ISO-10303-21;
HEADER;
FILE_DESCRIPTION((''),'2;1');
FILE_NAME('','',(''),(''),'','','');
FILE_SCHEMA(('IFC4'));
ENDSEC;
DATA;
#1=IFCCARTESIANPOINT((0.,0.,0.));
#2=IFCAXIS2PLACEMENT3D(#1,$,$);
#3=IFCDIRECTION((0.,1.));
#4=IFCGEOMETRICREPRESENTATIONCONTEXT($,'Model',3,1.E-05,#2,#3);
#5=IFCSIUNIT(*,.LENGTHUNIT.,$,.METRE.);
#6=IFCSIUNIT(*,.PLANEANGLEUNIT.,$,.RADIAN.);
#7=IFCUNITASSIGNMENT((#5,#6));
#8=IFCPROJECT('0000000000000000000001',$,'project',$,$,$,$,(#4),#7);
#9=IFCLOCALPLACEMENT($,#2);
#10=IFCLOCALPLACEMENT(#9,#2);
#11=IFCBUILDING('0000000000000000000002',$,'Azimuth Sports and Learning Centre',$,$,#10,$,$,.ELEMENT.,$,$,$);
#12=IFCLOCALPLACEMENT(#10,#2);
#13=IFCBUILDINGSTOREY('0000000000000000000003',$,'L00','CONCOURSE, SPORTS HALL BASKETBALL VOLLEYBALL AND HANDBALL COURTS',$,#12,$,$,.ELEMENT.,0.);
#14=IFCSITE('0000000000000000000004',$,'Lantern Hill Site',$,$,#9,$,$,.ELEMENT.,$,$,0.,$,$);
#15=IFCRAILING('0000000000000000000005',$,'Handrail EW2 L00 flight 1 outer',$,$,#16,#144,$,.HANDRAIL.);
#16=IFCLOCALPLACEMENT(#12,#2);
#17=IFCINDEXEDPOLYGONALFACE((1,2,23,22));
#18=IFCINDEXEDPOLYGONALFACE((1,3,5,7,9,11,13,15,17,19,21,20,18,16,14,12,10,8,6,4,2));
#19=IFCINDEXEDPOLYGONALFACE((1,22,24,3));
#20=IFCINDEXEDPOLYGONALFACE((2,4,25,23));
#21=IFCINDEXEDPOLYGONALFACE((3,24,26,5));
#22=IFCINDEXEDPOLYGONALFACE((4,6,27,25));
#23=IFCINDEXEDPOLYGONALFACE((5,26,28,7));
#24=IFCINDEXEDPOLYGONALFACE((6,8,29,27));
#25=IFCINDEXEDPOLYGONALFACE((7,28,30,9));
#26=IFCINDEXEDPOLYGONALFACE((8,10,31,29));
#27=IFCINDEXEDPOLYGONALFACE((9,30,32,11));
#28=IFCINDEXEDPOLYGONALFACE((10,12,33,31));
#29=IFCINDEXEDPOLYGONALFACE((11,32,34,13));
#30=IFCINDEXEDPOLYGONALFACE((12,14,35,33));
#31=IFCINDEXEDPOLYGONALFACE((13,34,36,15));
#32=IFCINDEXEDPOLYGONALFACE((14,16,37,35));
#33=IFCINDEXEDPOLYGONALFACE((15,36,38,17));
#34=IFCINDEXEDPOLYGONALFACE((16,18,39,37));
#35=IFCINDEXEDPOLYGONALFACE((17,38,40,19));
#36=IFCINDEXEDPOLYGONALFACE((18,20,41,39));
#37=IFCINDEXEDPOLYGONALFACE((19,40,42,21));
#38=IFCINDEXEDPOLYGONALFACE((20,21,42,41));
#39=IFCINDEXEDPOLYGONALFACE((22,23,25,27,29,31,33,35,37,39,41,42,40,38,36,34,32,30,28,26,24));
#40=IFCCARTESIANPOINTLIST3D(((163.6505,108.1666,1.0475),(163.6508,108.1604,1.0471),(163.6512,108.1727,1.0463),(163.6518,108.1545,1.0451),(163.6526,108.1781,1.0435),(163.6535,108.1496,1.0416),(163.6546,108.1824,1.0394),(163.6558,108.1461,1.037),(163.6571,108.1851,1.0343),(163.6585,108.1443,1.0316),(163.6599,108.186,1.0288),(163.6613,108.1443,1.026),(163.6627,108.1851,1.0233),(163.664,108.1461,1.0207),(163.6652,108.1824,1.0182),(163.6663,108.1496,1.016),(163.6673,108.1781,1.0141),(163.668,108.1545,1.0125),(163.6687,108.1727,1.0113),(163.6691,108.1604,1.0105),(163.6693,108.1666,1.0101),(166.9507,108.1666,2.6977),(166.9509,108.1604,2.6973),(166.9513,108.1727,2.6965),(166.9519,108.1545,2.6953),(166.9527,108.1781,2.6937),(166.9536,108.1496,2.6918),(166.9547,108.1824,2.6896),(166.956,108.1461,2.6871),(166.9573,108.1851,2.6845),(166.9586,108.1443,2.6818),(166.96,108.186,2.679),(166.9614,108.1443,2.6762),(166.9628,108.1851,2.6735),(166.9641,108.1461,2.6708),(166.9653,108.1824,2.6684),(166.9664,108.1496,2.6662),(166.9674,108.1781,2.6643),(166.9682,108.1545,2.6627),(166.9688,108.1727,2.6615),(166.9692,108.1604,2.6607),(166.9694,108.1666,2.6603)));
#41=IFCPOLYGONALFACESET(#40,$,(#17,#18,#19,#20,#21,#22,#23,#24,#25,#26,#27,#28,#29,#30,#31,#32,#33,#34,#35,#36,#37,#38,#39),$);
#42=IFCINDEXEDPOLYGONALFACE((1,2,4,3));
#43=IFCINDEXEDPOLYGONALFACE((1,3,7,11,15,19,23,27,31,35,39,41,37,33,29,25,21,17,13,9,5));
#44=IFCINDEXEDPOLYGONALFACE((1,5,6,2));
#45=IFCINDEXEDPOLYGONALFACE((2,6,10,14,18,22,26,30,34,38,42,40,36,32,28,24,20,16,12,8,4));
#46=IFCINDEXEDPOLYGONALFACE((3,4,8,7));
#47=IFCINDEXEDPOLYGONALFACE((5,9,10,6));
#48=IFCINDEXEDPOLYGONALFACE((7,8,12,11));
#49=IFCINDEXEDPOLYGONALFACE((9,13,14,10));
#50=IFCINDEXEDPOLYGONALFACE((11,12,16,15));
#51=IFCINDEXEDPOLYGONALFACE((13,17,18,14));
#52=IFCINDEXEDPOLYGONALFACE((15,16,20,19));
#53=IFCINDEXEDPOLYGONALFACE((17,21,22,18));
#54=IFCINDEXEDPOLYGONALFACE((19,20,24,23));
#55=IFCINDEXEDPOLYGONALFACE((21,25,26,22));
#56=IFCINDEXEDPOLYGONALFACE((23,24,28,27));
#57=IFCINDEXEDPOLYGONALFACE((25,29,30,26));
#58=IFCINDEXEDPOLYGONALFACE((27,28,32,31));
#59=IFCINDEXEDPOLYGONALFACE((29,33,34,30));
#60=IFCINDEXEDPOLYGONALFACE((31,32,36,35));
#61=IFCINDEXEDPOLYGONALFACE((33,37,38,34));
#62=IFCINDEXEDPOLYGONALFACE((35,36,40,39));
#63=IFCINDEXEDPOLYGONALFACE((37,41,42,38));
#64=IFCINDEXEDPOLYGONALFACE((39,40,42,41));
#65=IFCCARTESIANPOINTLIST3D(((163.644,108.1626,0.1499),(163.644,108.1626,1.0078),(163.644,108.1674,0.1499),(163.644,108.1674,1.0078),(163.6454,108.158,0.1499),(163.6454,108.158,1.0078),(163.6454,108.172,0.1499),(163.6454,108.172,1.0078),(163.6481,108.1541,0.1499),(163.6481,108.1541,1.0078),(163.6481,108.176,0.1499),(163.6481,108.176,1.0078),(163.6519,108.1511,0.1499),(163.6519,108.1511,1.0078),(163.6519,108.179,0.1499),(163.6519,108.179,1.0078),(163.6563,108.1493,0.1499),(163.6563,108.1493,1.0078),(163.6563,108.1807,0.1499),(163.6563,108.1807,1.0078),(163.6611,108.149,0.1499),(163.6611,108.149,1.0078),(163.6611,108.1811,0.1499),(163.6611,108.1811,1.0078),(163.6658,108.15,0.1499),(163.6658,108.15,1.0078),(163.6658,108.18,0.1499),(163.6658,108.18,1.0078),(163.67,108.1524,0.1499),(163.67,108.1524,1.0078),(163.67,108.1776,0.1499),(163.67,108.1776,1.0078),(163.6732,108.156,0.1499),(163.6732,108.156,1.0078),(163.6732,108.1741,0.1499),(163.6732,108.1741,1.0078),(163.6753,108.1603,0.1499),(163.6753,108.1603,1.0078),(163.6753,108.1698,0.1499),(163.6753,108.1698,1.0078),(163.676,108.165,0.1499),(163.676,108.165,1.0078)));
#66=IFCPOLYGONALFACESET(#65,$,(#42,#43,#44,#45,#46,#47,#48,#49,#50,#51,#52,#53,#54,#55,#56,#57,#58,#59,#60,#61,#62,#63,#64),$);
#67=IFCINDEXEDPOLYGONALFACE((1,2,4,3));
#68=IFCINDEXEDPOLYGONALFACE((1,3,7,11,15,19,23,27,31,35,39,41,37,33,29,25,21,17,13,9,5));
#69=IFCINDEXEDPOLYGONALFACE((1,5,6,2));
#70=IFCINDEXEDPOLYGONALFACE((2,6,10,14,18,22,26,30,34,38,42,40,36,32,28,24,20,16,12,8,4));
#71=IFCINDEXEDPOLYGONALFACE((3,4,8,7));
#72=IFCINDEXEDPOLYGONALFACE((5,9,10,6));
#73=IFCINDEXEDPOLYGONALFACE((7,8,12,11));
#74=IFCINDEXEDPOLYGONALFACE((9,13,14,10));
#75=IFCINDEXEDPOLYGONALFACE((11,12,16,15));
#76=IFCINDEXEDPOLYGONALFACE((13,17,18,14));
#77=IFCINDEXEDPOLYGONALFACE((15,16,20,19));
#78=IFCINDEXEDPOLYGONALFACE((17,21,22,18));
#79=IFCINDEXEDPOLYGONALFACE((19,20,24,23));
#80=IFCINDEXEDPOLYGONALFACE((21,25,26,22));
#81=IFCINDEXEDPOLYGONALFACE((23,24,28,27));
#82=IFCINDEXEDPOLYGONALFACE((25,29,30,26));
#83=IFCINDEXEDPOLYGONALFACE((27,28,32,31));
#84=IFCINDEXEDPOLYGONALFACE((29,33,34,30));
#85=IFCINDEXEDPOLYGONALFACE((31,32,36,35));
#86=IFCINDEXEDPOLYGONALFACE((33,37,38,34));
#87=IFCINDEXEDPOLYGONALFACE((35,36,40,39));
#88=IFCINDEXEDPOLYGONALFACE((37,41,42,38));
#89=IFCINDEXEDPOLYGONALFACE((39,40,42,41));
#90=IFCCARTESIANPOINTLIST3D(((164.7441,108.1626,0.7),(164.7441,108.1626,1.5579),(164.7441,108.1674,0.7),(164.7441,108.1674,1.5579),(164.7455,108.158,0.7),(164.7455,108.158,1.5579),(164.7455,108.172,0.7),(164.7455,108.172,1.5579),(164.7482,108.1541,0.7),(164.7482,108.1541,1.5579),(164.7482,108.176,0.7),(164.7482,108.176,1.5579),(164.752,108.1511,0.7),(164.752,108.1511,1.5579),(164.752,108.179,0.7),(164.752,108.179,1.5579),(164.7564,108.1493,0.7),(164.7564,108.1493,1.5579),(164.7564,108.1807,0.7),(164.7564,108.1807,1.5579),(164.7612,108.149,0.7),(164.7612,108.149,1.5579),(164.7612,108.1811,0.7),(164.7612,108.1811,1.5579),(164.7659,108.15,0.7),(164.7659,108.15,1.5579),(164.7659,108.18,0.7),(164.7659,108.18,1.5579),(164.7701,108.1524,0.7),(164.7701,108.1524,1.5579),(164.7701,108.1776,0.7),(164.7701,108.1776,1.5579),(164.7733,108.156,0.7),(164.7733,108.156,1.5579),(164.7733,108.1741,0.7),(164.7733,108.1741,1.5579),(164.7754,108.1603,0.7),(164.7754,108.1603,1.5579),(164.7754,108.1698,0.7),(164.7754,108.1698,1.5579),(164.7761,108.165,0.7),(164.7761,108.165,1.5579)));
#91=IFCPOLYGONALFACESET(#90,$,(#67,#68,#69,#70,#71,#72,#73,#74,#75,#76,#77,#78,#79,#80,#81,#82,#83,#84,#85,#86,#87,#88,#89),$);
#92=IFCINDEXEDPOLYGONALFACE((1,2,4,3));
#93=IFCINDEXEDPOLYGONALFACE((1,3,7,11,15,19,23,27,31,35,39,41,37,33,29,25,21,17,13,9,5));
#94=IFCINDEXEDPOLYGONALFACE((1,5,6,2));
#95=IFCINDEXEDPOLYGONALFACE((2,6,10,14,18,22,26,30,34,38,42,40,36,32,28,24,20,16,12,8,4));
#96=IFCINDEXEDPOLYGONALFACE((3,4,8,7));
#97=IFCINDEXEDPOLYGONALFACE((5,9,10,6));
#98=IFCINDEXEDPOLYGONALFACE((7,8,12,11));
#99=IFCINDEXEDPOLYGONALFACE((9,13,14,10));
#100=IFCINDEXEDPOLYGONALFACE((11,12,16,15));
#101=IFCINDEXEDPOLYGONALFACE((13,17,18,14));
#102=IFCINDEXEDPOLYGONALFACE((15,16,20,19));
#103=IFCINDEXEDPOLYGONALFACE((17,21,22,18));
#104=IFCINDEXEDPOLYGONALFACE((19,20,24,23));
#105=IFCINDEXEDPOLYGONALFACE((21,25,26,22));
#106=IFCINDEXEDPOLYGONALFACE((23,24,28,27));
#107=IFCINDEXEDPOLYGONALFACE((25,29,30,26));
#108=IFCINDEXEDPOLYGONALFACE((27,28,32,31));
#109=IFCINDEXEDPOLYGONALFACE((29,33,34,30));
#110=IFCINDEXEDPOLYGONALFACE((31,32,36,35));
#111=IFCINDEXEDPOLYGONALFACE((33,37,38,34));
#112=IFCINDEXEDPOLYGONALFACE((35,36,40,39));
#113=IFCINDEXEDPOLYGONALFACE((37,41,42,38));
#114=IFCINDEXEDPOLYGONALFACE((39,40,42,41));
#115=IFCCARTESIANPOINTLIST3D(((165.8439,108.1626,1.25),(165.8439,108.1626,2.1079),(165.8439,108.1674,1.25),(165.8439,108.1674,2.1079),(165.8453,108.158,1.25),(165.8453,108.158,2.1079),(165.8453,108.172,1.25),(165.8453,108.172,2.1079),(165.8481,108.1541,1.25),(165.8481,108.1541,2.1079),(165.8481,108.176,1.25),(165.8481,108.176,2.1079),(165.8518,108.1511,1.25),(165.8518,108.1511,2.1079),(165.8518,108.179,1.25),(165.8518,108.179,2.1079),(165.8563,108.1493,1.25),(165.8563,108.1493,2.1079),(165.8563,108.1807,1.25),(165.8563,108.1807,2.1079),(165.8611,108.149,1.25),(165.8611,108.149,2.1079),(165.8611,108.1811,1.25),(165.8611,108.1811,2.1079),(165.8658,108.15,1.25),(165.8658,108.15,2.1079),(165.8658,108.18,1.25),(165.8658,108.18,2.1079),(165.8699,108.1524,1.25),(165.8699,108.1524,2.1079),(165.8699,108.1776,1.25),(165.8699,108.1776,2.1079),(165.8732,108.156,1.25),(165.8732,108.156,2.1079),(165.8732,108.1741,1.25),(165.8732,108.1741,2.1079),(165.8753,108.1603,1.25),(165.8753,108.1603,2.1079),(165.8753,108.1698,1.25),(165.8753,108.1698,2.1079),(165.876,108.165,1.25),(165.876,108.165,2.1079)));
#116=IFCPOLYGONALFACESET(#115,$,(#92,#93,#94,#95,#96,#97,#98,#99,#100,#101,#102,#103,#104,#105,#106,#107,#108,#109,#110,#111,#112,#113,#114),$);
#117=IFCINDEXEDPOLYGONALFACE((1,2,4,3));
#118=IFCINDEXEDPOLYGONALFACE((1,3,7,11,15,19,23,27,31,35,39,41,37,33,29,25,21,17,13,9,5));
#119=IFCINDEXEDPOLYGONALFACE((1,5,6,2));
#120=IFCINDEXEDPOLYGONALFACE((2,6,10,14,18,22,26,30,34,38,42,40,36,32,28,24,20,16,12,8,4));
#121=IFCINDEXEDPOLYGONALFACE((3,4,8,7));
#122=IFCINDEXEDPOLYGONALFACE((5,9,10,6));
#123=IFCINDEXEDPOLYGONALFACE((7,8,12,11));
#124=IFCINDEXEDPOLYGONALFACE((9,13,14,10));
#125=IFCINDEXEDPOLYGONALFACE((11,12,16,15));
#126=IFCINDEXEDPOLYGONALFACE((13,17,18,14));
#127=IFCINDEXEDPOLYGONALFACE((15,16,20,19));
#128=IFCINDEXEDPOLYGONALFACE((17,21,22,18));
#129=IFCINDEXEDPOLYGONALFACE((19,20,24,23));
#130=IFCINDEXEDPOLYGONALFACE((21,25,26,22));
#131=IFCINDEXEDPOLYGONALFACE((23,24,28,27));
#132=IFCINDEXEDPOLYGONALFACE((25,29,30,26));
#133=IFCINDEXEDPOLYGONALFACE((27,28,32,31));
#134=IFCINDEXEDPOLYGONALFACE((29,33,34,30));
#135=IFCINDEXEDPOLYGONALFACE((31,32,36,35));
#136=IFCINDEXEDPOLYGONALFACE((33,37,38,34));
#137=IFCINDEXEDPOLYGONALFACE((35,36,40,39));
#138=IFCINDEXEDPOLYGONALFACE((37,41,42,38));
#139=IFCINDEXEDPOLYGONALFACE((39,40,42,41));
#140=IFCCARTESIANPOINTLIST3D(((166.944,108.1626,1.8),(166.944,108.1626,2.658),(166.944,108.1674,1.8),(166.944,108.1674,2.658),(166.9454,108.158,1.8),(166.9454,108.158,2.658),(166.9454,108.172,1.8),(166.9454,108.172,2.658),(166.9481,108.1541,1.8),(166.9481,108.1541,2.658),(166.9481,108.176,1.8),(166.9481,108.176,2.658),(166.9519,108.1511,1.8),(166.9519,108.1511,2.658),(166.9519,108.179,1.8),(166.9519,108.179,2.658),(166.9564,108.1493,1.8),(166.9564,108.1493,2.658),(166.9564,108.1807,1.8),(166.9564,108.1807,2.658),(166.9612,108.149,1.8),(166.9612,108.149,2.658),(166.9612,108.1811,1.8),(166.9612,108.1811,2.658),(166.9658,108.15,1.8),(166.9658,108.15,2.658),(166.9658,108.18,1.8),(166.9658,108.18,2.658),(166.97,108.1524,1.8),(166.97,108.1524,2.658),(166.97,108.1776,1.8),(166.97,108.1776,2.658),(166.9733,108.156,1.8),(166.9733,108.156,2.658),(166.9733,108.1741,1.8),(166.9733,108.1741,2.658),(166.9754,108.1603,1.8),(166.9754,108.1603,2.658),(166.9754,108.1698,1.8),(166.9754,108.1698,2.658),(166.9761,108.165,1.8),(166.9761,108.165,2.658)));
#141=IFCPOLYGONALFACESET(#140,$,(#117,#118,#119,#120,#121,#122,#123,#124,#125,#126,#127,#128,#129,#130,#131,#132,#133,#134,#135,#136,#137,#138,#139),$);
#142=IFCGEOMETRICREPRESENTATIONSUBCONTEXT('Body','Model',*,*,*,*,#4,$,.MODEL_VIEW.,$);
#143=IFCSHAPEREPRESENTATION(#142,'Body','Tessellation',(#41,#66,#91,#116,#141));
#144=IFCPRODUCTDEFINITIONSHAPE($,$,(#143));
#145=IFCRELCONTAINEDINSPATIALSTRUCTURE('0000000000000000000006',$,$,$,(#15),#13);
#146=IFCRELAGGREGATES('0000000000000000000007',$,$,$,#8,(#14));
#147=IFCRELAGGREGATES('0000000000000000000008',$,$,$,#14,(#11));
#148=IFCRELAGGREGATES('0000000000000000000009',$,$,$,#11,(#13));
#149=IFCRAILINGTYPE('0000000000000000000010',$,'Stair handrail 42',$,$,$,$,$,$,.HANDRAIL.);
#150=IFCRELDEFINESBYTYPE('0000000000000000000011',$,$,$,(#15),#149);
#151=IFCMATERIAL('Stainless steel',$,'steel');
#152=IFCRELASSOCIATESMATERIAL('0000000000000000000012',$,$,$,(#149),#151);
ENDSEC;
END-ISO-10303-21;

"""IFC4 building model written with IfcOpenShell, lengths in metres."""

from ifc_helpers import new_model, si_unit, direction, frame, origin, origin_2d, place, context, subcontext, project, spatial, circle, extrude, material, type_object, element, save


model = new_model("IFC4")

# Units and contexts
model_context = context("Model", 3, precision=1e-05, world=origin(), true_north=direction((0.0, 1.0)))
body_context = subcontext(model_context, "Body", "Model", "MODEL_VIEW")
ifc_project = project(units=[si_unit("LENGTHUNIT", "METRE"), si_unit("PLANEANGLEUNIT", "RADIAN")], contexts=[model_context])

# Site, building, storey
site_placement = place(None, origin())
site = spatial("IfcSite", under=ifc_project, at=site_placement, Name="Lantern Hill Site", CompositionType="ELEMENT", RefElevation=0.0)
building_placement = place(site_placement, origin())
building = spatial("IfcBuilding", under=site, at=building_placement, Name="Azimuth Sports and Learning Centre", CompositionType="ELEMENT")
storey_placement = place(building_placement, origin())
storey = spatial("IfcBuildingStorey", under=building, at=storey_placement, Name="L00", Description="CONCOURSE, SPORTS HALL BASKETBALL VOLLEYBALL AND HANDBALL COURTS", CompositionType="ELEMENT", Elevation=0.0)

# Railing
ifc_material_1 = material(Name="Stainless steel", Category="steel")
railing_type_1 = type_object("IfcRailingType", Name="Stair handrail 42", PredefinedType="HANDRAIL", material=ifc_material_1)
for number, where, name in (
    (1, (163.6599, 108.165, 0.1499), "Handrail EW2 L00 flight 1 outer"),
):
    element("IfcRailing", number, at=place(storey_placement, frame(where)), inside=storey, type_object=railing_type_1, Name=name, PredefinedType="HANDRAIL", context=body_context, shape_type="SweptSolid", body=[
        extrude(circle(Radius=0.021, at=origin_2d()), frame((0.0, 0.0, 0.8789), z_axis=(0.894414, 0.0, 0.44724), x_axis=(0.0, 1.0, 0.0)), (0.0, 0.0, 1.0), 3.6897),
        extrude(circle(Radius=0.0161, at=origin_2d()), origin(), (0.0, 0.0, 1.0), 0.8579),
        extrude(circle(Radius=0.0161, at=origin_2d()), frame((1.1001, 0.0, 0.55)), (0.0, 0.0, 1.0), 0.8579),
        extrude(circle(Radius=0.0161, at=origin_2d()), frame((2.2, 0.0, 1.1001)), (0.0, 0.0, 1.0), 0.8579),
        extrude(circle(Radius=0.0161, at=origin_2d()), frame((3.3, 0.0, 1.6501)), (0.0, 0.0, 1.0), 0.8579),
    ])

save(model, "model.ifc")
